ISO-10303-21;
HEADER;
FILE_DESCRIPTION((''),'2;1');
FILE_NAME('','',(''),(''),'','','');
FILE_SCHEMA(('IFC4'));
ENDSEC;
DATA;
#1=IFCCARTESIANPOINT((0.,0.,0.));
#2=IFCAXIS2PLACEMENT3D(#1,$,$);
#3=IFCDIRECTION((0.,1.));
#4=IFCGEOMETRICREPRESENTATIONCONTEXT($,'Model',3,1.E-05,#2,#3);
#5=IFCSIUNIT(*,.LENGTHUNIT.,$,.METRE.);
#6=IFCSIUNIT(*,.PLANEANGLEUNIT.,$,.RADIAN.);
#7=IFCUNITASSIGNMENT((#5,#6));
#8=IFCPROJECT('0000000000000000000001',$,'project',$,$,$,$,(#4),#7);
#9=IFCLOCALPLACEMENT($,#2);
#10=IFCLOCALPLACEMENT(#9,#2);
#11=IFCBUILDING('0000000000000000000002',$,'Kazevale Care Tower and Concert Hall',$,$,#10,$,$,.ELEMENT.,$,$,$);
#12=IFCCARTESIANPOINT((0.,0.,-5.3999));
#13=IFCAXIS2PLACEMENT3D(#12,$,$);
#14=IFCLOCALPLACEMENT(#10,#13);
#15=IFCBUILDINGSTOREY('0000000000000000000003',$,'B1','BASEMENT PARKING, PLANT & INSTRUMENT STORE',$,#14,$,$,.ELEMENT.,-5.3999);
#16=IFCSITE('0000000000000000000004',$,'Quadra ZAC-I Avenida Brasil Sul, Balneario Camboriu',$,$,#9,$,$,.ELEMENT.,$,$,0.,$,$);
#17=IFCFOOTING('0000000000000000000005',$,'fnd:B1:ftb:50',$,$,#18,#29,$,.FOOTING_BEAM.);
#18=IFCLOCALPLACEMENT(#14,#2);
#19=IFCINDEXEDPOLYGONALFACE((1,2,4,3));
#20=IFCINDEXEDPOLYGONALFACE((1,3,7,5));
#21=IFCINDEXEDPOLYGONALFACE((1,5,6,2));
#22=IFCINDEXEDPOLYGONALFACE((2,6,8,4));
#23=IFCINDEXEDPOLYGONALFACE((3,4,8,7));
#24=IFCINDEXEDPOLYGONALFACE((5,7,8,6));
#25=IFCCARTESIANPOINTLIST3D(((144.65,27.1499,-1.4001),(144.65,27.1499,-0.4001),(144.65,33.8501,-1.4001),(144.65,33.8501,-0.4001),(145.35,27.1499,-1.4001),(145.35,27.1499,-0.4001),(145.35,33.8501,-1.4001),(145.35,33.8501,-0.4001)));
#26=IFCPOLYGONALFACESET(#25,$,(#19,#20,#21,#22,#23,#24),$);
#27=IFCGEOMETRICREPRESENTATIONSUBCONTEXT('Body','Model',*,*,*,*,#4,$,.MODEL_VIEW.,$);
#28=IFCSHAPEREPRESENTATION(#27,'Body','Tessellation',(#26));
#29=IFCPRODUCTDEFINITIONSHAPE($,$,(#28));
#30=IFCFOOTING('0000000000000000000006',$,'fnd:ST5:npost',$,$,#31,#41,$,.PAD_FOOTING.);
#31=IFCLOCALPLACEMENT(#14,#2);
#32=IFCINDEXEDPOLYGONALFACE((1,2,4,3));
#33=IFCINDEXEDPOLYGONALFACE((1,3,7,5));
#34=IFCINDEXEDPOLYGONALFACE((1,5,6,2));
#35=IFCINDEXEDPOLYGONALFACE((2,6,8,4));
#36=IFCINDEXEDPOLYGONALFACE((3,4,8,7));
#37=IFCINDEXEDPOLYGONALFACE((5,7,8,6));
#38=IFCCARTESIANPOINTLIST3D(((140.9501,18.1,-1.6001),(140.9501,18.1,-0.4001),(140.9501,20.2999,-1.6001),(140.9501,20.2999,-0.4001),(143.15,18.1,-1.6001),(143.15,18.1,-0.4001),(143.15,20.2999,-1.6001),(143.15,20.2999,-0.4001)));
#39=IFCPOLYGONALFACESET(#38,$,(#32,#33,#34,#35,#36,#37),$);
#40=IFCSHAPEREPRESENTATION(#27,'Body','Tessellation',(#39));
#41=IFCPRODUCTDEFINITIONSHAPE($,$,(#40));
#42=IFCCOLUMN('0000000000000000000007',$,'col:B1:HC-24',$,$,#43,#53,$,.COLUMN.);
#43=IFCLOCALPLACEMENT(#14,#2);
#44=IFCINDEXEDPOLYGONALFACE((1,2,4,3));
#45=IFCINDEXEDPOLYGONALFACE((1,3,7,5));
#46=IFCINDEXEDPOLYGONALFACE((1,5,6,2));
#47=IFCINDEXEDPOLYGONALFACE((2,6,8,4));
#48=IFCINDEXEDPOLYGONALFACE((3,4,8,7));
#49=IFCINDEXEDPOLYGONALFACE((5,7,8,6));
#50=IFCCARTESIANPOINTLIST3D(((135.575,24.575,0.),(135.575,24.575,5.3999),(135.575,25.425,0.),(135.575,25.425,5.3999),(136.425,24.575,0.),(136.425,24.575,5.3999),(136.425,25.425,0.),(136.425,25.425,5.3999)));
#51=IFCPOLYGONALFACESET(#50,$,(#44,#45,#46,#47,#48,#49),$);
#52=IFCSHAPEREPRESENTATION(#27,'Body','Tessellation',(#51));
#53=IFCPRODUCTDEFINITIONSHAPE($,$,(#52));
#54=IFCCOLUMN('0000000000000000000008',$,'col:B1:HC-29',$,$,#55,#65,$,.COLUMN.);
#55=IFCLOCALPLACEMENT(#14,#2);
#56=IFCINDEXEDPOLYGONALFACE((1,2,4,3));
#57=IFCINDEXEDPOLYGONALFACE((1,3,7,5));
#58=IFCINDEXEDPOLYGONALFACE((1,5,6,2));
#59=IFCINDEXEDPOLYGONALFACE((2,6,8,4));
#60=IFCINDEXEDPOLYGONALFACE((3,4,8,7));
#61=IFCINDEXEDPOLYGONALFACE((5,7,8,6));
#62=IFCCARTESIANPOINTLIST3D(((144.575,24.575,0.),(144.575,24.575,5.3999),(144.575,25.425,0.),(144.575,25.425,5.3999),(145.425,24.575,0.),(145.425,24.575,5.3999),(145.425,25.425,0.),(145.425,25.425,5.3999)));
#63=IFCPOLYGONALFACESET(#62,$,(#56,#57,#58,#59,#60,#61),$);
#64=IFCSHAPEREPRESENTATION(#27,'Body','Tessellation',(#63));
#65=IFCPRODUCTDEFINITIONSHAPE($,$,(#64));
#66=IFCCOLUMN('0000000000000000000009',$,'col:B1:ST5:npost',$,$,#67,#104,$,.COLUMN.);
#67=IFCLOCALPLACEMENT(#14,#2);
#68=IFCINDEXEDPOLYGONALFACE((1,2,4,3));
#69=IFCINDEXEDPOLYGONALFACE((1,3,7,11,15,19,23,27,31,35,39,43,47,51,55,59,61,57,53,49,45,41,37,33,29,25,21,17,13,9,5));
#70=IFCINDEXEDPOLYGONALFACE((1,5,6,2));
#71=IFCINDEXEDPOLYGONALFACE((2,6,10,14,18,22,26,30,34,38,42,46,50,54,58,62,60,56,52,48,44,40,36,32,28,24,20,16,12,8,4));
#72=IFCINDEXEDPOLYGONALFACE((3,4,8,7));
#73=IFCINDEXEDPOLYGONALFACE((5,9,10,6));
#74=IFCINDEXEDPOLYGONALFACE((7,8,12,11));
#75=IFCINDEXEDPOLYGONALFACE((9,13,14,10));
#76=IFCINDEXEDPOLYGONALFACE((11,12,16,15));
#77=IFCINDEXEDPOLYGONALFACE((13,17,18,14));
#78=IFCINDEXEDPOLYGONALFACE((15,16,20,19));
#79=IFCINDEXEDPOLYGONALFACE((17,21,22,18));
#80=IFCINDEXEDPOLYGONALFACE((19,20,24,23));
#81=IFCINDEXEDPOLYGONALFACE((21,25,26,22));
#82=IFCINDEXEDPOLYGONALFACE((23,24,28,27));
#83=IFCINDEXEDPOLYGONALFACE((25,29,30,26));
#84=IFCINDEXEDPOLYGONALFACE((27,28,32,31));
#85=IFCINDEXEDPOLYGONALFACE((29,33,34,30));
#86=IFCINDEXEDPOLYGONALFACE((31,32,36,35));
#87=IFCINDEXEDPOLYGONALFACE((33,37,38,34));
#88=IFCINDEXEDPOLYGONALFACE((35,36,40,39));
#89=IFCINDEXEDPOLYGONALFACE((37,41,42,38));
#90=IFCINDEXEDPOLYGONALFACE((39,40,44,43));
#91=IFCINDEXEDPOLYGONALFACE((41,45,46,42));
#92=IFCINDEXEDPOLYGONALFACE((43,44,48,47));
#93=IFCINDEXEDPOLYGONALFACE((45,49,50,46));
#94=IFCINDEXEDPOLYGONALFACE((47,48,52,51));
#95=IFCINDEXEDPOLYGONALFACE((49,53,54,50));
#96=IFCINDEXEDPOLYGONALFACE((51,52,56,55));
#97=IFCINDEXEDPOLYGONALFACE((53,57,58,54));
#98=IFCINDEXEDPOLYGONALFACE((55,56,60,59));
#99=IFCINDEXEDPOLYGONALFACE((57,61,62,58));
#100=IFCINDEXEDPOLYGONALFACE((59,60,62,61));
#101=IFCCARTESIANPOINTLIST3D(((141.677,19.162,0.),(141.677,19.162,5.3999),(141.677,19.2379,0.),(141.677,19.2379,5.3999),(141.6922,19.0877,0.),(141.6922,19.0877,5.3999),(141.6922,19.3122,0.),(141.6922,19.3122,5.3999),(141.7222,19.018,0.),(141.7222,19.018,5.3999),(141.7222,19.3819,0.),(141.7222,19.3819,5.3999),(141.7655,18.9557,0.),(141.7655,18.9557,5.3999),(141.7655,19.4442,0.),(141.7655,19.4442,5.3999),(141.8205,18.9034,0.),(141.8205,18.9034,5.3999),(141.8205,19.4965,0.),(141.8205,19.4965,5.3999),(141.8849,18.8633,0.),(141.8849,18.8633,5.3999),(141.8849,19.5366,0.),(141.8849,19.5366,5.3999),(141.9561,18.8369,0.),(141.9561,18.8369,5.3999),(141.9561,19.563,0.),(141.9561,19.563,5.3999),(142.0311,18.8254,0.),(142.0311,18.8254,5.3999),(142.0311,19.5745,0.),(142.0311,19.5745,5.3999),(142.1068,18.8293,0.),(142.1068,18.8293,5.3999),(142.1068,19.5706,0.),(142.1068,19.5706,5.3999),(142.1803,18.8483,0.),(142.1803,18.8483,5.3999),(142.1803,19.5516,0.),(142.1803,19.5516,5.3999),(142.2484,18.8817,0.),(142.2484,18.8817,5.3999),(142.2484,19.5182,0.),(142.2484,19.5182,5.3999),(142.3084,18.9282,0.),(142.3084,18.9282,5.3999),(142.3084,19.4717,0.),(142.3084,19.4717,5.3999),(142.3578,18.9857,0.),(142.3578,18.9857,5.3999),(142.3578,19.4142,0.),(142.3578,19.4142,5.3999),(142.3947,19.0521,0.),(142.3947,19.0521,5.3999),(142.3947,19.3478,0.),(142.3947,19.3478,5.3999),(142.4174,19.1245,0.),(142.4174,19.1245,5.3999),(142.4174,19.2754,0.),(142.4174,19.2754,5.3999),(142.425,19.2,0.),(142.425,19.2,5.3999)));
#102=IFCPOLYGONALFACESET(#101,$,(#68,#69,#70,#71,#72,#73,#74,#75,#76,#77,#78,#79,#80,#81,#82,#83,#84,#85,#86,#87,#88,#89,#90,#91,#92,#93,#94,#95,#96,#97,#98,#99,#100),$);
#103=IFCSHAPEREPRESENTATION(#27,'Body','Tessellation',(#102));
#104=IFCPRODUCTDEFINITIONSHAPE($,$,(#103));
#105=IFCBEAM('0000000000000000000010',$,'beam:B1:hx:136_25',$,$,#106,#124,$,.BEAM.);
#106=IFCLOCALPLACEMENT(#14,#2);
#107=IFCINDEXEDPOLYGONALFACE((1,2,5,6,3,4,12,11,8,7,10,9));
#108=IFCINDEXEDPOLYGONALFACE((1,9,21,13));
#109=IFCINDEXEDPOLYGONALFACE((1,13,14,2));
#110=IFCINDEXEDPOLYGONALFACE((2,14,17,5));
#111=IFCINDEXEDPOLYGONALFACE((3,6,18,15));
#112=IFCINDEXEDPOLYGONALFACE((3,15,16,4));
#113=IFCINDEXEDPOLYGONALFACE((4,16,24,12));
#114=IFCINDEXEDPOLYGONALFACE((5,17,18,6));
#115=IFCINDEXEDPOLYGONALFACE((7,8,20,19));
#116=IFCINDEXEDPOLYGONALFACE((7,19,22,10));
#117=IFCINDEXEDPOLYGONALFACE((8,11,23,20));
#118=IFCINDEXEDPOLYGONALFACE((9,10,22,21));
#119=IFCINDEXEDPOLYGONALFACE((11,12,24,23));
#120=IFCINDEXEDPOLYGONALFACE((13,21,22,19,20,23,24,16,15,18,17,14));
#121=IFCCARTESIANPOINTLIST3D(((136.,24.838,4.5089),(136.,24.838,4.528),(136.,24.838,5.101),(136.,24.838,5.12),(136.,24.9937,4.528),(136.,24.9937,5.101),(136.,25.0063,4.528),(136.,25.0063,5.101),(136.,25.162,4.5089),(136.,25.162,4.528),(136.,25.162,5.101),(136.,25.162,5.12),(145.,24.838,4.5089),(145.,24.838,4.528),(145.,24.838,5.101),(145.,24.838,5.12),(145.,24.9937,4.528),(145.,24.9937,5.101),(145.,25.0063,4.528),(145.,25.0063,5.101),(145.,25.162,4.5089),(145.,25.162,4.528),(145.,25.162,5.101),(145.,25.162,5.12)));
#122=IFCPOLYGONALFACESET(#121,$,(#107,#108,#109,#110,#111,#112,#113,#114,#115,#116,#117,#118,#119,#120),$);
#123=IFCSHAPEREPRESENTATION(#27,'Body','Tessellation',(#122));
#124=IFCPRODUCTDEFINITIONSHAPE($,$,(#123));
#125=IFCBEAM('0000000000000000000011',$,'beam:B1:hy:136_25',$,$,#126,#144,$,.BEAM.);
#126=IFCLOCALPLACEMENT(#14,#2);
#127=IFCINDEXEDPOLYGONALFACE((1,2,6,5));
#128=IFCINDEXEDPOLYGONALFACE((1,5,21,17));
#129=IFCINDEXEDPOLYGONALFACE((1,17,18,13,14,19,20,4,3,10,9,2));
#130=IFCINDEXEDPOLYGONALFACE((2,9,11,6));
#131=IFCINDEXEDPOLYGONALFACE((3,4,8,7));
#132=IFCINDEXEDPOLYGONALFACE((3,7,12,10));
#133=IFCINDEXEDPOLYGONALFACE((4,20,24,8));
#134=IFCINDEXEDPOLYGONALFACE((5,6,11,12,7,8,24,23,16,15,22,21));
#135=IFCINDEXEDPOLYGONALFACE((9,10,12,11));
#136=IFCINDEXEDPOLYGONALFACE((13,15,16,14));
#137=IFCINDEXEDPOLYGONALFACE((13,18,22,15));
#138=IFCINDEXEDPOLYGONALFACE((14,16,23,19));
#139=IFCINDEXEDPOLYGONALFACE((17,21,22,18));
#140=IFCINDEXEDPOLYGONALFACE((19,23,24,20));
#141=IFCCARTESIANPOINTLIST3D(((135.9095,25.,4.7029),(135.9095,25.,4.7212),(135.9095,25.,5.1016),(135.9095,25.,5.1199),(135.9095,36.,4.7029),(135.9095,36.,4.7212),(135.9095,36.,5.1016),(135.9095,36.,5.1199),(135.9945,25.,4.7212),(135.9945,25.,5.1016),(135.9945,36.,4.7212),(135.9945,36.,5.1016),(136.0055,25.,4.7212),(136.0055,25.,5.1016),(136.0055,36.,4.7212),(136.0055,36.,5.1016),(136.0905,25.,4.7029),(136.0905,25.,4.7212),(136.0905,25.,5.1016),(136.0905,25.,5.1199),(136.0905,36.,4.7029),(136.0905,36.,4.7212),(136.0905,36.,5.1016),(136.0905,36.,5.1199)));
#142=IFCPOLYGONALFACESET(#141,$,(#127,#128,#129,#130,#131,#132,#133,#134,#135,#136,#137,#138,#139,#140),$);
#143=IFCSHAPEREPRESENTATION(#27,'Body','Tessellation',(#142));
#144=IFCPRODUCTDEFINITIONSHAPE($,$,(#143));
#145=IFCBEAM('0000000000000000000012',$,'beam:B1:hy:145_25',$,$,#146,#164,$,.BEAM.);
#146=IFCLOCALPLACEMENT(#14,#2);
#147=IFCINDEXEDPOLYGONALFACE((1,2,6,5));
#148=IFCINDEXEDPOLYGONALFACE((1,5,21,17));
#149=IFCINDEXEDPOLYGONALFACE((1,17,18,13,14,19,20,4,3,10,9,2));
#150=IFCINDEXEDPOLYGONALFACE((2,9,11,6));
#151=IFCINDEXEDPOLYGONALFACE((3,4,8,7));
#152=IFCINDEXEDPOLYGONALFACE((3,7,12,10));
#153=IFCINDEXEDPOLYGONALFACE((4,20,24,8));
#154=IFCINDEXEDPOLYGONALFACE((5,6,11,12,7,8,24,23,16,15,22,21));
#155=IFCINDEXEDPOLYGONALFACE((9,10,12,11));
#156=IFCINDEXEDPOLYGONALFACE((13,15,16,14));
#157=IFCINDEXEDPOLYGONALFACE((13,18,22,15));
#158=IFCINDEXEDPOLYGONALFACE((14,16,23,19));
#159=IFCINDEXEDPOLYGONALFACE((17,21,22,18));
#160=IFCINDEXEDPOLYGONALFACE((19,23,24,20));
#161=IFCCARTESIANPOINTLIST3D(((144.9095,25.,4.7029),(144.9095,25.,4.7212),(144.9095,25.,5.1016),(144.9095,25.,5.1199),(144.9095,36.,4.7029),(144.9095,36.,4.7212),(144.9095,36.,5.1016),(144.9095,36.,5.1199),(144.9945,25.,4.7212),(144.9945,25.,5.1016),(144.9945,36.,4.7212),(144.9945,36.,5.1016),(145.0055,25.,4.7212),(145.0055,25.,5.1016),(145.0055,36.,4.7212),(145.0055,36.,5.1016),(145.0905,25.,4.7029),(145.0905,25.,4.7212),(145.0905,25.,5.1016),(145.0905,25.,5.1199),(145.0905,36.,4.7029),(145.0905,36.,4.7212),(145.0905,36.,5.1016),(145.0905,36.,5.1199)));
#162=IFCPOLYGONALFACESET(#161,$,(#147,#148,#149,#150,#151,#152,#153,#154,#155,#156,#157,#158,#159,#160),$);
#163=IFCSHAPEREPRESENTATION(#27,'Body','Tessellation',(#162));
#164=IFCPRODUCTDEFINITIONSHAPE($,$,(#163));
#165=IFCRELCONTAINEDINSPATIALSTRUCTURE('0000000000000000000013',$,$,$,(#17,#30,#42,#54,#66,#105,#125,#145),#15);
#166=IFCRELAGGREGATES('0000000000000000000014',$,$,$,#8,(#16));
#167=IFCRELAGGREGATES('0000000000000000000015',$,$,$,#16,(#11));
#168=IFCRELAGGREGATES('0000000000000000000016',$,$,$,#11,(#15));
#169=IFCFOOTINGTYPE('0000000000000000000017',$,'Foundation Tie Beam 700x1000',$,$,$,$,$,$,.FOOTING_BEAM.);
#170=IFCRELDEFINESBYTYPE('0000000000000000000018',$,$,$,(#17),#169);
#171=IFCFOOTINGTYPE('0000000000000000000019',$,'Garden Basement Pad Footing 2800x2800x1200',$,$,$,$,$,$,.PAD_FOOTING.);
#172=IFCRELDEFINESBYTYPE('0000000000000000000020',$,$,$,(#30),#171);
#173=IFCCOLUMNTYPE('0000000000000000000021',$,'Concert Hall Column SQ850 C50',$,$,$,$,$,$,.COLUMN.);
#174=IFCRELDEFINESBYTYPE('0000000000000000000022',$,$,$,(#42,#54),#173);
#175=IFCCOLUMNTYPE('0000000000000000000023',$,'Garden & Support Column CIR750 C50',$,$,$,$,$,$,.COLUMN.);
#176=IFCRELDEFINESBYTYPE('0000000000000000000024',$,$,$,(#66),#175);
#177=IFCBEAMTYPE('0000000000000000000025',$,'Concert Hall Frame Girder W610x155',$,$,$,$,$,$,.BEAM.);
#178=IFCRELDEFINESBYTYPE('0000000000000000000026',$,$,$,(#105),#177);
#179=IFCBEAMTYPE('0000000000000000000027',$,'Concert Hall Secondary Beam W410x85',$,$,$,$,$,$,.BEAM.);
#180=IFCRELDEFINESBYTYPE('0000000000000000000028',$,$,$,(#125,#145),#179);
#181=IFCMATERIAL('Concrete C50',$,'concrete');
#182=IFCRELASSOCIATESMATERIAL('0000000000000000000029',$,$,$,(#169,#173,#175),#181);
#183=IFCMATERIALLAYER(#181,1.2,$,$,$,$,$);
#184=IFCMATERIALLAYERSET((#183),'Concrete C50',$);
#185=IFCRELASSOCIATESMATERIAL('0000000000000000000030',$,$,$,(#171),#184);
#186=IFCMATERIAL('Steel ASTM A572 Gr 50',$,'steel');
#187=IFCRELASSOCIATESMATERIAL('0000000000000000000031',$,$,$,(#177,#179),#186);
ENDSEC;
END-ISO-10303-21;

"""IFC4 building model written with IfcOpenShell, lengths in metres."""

from ifc_helpers import new_model, si_unit, direction, frame, frame_2d, origin, origin_2d, place, context, subcontext, project, spatial, rectangle, circle, i_section, extrude, material, layer, layer_set, material_profile, profile_set, type_object, element, save


model = new_model("IFC4")

# Units and contexts
model_context = context("Model", 3, precision=1e-05, world=origin(), true_north=direction((0.0, 1.0)))
body_context = subcontext(model_context, "Body", "Model", "MODEL_VIEW")
ifc_project = project(units=[si_unit("LENGTHUNIT", "METRE"), si_unit("PLANEANGLEUNIT", "RADIAN")], contexts=[model_context])

# Site, building, storey
site_placement = place(None, origin())
site = spatial("IfcSite", under=ifc_project, at=site_placement, Name="Quadra ZAC-I Avenida Brasil Sul, Balneario Camboriu", CompositionType="ELEMENT", RefElevation=0.0)
building_placement = place(site_placement, origin())
building = spatial("IfcBuilding", under=site, at=building_placement, Name="Kazevale Care Tower and Concert Hall", CompositionType="ELEMENT")
storey_placement = place(building_placement, frame((0.0, 0.0, -5.3999)))
storey = spatial("IfcBuildingStorey", under=building, at=storey_placement, Name="B1", Description="BASEMENT PARKING, PLANT & INSTRUMENT STORE", CompositionType="ELEMENT", Elevation=-5.3999)

# Shared definitions
ifc_material_1 = material(Name="Concrete C50", Category="concrete")

# Footings
ifc_material_profile_1 = material_profile(ifc_material_1, rectangle(XDim=0.7, YDim=1.0, at=origin_2d()), Name="RC-GB700x1000")
ifc_profile_set_1 = profile_set([ifc_material_profile_1], Name="Concrete C50")
footing_type_1 = type_object("IfcFootingType", Name="Foundation Tie Beam 700x1000", PredefinedType="FOOTING_BEAM", material=ifc_profile_set_1)
footing_1_placement = place(storey_placement, frame((145.0, 27.1499, -1.4001), z_axis=(0.0, 0.0, 1.0), x_axis=(0.0, 1.0, 0.0)))
element("IfcFooting", 1, at=footing_1_placement, inside=storey, type_object=footing_type_1, Name="fnd:B1:ftb:50", PredefinedType="FOOTING_BEAM", context=body_context, shape_type="SweptSolid", body=[
    extrude(rectangle(XDim=6.7002, YDim=0.7, at=frame_2d((3.3501, 0.0))), origin(), (0.0, 0.0, 1.0), 1.0),
])
ifc_layer_1 = layer(ifc_material_1, 1.2)
ifc_layer_set_1 = layer_set([ifc_layer_1], Name="Concrete C50")
footing_type_2 = type_object("IfcFootingType", Name="Garden Basement Pad Footing 2800x2800x1200", PredefinedType="PAD_FOOTING", material=ifc_layer_set_1)
footing_2_placement = place(storey_placement, frame((142.05, 19.2, -1.6001), z_axis=(0.0, 0.0, 1.0), x_axis=(1.0, 0.0, 0.0)))
element("IfcFooting", 2, at=footing_2_placement, inside=storey, type_object=footing_type_2, Name="fnd:ST5:npost", PredefinedType="PAD_FOOTING", context=body_context, shape_type="SweptSolid", body=[
    extrude(rectangle(XDim=2.2, YDim=2.2, at=origin_2d()), origin(), (0.0, 0.0, 1.0), 1.2),
])

# Columns
ifc_material_profile_2 = material_profile(ifc_material_1, rectangle(XDim=0.8501, YDim=0.8501, at=origin_2d()), Name="RC-SQ850")
ifc_profile_set_2 = profile_set([ifc_material_profile_2], Name="Concrete C50")
column_type_1 = type_object("IfcColumnType", Name="Concert Hall Column SQ850 C50", PredefinedType="COLUMN", material=ifc_profile_set_2)
for number, where, z_axis, x_axis, name in (
    (3, (136.0, 25.0, 0.0), (0.0, 0.0, 1.0), (1.0, 0.0, 0.0), "col:B1:HC-24"),
    (4, (145.0, 25.0, 0.0), (0.0, 0.0, 1.0), (1.0, 0.0, 0.0), "col:B1:HC-29"),
):
    element("IfcColumn", number, at=place(storey_placement, frame(where, z_axis=z_axis, x_axis=x_axis)), inside=storey, type_object=column_type_1, Name=name, PredefinedType="COLUMN", context=body_context, shape_type="SweptSolid", body=[
        extrude(rectangle(XDim=0.8501, YDim=0.8501, at=origin_2d()), origin(), (0.0, 0.0, 1.0), 5.3999),
    ])
ifc_material_profile_3 = material_profile(ifc_material_1, circle(Radius=0.375, at=origin_2d()), Name="RC-CIR750")
ifc_profile_set_3 = profile_set([ifc_material_profile_3], Name="Concrete C50")
column_type_2 = type_object("IfcColumnType", Name="Garden & Support Column CIR750 C50", PredefinedType="COLUMN", material=ifc_profile_set_3)
column_placement = place(storey_placement, frame((142.05, 19.2, 0.0), z_axis=(0.0, 0.0, 1.0), x_axis=(1.0, 0.0, 0.0)))
element("IfcColumn", 5, at=column_placement, inside=storey, type_object=column_type_2, Name="col:B1:ST5:npost", PredefinedType="COLUMN", context=body_context, shape_type="SweptSolid", body=[
    extrude(circle(Radius=0.375, at=origin_2d()), origin(), (0.0, 0.0, 1.0), 5.3999),
])

# Beams
ifc_material_2 = material(Name="Steel ASTM A572 Gr 50", Category="steel")
ifc_material_profile_4 = material_profile(ifc_material_2, i_section(OverallWidth=0.324, OverallDepth=0.6111, WebThickness=0.0127, FlangeThickness=0.019, at=origin_2d()), Name="W610x155")
ifc_profile_set_4 = profile_set([ifc_material_profile_4], Name="Steel ASTM A572 Gr 50")
beam_type_1 = type_object("IfcBeamType", Name="Concert Hall Frame Girder W610x155", PredefinedType="BEAM", material=ifc_profile_set_4)
beam_placement = place(storey_placement, frame((136.0, 25.0, 4.8145), z_axis=(1.0, 0.0, 0.0), x_axis=(0.0, 1.0, 0.0)))
element("IfcBeam", 6, at=beam_placement, inside=storey, type_object=beam_type_1, Name="beam:B1:hx:136_25", PredefinedType="BEAM", context=body_context, shape_type="SweptSolid", body=[
    extrude(i_section(OverallWidth=0.324, OverallDepth=0.6111, WebThickness=0.0127, FlangeThickness=0.019, at=origin_2d()), origin(), (0.0, 0.0, 1.0), 9.0),
])
ifc_material_profile_5 = material_profile(ifc_material_2, i_section(OverallWidth=0.1809, OverallDepth=0.417, WebThickness=0.011, FlangeThickness=0.0183, at=origin_2d()), Name="W410x85")
ifc_profile_set_5 = profile_set([ifc_material_profile_5], Name="Steel ASTM A572 Gr 50")
beam_type_2 = type_object("IfcBeamType", Name="Concert Hall Secondary Beam W410x85", PredefinedType="BEAM", material=ifc_profile_set_5)
for number, where, z_axis, x_axis, name in (
    (7, (136.0, 25.0, 4.9114), (0.0, 1.0, 0.0), (-1.0, 0.0, 0.0), "beam:B1:hy:136_25"),
    (8, (145.0, 25.0, 4.9114), (0.0, 1.0, 0.0), (-1.0, 0.0, 0.0), "beam:B1:hy:145_25"),
):
    element("IfcBeam", number, at=place(storey_placement, frame(where, z_axis=z_axis, x_axis=x_axis)), inside=storey, type_object=beam_type_2, Name=name, PredefinedType="BEAM", context=body_context, shape_type="SweptSolid", body=[
        extrude(i_section(OverallWidth=0.1809, OverallDepth=0.417, WebThickness=0.011, FlangeThickness=0.0183, at=origin_2d()), origin(), (0.0, 0.0, 1.0), 11.0),
    ])

save(model, "model.ifc")
